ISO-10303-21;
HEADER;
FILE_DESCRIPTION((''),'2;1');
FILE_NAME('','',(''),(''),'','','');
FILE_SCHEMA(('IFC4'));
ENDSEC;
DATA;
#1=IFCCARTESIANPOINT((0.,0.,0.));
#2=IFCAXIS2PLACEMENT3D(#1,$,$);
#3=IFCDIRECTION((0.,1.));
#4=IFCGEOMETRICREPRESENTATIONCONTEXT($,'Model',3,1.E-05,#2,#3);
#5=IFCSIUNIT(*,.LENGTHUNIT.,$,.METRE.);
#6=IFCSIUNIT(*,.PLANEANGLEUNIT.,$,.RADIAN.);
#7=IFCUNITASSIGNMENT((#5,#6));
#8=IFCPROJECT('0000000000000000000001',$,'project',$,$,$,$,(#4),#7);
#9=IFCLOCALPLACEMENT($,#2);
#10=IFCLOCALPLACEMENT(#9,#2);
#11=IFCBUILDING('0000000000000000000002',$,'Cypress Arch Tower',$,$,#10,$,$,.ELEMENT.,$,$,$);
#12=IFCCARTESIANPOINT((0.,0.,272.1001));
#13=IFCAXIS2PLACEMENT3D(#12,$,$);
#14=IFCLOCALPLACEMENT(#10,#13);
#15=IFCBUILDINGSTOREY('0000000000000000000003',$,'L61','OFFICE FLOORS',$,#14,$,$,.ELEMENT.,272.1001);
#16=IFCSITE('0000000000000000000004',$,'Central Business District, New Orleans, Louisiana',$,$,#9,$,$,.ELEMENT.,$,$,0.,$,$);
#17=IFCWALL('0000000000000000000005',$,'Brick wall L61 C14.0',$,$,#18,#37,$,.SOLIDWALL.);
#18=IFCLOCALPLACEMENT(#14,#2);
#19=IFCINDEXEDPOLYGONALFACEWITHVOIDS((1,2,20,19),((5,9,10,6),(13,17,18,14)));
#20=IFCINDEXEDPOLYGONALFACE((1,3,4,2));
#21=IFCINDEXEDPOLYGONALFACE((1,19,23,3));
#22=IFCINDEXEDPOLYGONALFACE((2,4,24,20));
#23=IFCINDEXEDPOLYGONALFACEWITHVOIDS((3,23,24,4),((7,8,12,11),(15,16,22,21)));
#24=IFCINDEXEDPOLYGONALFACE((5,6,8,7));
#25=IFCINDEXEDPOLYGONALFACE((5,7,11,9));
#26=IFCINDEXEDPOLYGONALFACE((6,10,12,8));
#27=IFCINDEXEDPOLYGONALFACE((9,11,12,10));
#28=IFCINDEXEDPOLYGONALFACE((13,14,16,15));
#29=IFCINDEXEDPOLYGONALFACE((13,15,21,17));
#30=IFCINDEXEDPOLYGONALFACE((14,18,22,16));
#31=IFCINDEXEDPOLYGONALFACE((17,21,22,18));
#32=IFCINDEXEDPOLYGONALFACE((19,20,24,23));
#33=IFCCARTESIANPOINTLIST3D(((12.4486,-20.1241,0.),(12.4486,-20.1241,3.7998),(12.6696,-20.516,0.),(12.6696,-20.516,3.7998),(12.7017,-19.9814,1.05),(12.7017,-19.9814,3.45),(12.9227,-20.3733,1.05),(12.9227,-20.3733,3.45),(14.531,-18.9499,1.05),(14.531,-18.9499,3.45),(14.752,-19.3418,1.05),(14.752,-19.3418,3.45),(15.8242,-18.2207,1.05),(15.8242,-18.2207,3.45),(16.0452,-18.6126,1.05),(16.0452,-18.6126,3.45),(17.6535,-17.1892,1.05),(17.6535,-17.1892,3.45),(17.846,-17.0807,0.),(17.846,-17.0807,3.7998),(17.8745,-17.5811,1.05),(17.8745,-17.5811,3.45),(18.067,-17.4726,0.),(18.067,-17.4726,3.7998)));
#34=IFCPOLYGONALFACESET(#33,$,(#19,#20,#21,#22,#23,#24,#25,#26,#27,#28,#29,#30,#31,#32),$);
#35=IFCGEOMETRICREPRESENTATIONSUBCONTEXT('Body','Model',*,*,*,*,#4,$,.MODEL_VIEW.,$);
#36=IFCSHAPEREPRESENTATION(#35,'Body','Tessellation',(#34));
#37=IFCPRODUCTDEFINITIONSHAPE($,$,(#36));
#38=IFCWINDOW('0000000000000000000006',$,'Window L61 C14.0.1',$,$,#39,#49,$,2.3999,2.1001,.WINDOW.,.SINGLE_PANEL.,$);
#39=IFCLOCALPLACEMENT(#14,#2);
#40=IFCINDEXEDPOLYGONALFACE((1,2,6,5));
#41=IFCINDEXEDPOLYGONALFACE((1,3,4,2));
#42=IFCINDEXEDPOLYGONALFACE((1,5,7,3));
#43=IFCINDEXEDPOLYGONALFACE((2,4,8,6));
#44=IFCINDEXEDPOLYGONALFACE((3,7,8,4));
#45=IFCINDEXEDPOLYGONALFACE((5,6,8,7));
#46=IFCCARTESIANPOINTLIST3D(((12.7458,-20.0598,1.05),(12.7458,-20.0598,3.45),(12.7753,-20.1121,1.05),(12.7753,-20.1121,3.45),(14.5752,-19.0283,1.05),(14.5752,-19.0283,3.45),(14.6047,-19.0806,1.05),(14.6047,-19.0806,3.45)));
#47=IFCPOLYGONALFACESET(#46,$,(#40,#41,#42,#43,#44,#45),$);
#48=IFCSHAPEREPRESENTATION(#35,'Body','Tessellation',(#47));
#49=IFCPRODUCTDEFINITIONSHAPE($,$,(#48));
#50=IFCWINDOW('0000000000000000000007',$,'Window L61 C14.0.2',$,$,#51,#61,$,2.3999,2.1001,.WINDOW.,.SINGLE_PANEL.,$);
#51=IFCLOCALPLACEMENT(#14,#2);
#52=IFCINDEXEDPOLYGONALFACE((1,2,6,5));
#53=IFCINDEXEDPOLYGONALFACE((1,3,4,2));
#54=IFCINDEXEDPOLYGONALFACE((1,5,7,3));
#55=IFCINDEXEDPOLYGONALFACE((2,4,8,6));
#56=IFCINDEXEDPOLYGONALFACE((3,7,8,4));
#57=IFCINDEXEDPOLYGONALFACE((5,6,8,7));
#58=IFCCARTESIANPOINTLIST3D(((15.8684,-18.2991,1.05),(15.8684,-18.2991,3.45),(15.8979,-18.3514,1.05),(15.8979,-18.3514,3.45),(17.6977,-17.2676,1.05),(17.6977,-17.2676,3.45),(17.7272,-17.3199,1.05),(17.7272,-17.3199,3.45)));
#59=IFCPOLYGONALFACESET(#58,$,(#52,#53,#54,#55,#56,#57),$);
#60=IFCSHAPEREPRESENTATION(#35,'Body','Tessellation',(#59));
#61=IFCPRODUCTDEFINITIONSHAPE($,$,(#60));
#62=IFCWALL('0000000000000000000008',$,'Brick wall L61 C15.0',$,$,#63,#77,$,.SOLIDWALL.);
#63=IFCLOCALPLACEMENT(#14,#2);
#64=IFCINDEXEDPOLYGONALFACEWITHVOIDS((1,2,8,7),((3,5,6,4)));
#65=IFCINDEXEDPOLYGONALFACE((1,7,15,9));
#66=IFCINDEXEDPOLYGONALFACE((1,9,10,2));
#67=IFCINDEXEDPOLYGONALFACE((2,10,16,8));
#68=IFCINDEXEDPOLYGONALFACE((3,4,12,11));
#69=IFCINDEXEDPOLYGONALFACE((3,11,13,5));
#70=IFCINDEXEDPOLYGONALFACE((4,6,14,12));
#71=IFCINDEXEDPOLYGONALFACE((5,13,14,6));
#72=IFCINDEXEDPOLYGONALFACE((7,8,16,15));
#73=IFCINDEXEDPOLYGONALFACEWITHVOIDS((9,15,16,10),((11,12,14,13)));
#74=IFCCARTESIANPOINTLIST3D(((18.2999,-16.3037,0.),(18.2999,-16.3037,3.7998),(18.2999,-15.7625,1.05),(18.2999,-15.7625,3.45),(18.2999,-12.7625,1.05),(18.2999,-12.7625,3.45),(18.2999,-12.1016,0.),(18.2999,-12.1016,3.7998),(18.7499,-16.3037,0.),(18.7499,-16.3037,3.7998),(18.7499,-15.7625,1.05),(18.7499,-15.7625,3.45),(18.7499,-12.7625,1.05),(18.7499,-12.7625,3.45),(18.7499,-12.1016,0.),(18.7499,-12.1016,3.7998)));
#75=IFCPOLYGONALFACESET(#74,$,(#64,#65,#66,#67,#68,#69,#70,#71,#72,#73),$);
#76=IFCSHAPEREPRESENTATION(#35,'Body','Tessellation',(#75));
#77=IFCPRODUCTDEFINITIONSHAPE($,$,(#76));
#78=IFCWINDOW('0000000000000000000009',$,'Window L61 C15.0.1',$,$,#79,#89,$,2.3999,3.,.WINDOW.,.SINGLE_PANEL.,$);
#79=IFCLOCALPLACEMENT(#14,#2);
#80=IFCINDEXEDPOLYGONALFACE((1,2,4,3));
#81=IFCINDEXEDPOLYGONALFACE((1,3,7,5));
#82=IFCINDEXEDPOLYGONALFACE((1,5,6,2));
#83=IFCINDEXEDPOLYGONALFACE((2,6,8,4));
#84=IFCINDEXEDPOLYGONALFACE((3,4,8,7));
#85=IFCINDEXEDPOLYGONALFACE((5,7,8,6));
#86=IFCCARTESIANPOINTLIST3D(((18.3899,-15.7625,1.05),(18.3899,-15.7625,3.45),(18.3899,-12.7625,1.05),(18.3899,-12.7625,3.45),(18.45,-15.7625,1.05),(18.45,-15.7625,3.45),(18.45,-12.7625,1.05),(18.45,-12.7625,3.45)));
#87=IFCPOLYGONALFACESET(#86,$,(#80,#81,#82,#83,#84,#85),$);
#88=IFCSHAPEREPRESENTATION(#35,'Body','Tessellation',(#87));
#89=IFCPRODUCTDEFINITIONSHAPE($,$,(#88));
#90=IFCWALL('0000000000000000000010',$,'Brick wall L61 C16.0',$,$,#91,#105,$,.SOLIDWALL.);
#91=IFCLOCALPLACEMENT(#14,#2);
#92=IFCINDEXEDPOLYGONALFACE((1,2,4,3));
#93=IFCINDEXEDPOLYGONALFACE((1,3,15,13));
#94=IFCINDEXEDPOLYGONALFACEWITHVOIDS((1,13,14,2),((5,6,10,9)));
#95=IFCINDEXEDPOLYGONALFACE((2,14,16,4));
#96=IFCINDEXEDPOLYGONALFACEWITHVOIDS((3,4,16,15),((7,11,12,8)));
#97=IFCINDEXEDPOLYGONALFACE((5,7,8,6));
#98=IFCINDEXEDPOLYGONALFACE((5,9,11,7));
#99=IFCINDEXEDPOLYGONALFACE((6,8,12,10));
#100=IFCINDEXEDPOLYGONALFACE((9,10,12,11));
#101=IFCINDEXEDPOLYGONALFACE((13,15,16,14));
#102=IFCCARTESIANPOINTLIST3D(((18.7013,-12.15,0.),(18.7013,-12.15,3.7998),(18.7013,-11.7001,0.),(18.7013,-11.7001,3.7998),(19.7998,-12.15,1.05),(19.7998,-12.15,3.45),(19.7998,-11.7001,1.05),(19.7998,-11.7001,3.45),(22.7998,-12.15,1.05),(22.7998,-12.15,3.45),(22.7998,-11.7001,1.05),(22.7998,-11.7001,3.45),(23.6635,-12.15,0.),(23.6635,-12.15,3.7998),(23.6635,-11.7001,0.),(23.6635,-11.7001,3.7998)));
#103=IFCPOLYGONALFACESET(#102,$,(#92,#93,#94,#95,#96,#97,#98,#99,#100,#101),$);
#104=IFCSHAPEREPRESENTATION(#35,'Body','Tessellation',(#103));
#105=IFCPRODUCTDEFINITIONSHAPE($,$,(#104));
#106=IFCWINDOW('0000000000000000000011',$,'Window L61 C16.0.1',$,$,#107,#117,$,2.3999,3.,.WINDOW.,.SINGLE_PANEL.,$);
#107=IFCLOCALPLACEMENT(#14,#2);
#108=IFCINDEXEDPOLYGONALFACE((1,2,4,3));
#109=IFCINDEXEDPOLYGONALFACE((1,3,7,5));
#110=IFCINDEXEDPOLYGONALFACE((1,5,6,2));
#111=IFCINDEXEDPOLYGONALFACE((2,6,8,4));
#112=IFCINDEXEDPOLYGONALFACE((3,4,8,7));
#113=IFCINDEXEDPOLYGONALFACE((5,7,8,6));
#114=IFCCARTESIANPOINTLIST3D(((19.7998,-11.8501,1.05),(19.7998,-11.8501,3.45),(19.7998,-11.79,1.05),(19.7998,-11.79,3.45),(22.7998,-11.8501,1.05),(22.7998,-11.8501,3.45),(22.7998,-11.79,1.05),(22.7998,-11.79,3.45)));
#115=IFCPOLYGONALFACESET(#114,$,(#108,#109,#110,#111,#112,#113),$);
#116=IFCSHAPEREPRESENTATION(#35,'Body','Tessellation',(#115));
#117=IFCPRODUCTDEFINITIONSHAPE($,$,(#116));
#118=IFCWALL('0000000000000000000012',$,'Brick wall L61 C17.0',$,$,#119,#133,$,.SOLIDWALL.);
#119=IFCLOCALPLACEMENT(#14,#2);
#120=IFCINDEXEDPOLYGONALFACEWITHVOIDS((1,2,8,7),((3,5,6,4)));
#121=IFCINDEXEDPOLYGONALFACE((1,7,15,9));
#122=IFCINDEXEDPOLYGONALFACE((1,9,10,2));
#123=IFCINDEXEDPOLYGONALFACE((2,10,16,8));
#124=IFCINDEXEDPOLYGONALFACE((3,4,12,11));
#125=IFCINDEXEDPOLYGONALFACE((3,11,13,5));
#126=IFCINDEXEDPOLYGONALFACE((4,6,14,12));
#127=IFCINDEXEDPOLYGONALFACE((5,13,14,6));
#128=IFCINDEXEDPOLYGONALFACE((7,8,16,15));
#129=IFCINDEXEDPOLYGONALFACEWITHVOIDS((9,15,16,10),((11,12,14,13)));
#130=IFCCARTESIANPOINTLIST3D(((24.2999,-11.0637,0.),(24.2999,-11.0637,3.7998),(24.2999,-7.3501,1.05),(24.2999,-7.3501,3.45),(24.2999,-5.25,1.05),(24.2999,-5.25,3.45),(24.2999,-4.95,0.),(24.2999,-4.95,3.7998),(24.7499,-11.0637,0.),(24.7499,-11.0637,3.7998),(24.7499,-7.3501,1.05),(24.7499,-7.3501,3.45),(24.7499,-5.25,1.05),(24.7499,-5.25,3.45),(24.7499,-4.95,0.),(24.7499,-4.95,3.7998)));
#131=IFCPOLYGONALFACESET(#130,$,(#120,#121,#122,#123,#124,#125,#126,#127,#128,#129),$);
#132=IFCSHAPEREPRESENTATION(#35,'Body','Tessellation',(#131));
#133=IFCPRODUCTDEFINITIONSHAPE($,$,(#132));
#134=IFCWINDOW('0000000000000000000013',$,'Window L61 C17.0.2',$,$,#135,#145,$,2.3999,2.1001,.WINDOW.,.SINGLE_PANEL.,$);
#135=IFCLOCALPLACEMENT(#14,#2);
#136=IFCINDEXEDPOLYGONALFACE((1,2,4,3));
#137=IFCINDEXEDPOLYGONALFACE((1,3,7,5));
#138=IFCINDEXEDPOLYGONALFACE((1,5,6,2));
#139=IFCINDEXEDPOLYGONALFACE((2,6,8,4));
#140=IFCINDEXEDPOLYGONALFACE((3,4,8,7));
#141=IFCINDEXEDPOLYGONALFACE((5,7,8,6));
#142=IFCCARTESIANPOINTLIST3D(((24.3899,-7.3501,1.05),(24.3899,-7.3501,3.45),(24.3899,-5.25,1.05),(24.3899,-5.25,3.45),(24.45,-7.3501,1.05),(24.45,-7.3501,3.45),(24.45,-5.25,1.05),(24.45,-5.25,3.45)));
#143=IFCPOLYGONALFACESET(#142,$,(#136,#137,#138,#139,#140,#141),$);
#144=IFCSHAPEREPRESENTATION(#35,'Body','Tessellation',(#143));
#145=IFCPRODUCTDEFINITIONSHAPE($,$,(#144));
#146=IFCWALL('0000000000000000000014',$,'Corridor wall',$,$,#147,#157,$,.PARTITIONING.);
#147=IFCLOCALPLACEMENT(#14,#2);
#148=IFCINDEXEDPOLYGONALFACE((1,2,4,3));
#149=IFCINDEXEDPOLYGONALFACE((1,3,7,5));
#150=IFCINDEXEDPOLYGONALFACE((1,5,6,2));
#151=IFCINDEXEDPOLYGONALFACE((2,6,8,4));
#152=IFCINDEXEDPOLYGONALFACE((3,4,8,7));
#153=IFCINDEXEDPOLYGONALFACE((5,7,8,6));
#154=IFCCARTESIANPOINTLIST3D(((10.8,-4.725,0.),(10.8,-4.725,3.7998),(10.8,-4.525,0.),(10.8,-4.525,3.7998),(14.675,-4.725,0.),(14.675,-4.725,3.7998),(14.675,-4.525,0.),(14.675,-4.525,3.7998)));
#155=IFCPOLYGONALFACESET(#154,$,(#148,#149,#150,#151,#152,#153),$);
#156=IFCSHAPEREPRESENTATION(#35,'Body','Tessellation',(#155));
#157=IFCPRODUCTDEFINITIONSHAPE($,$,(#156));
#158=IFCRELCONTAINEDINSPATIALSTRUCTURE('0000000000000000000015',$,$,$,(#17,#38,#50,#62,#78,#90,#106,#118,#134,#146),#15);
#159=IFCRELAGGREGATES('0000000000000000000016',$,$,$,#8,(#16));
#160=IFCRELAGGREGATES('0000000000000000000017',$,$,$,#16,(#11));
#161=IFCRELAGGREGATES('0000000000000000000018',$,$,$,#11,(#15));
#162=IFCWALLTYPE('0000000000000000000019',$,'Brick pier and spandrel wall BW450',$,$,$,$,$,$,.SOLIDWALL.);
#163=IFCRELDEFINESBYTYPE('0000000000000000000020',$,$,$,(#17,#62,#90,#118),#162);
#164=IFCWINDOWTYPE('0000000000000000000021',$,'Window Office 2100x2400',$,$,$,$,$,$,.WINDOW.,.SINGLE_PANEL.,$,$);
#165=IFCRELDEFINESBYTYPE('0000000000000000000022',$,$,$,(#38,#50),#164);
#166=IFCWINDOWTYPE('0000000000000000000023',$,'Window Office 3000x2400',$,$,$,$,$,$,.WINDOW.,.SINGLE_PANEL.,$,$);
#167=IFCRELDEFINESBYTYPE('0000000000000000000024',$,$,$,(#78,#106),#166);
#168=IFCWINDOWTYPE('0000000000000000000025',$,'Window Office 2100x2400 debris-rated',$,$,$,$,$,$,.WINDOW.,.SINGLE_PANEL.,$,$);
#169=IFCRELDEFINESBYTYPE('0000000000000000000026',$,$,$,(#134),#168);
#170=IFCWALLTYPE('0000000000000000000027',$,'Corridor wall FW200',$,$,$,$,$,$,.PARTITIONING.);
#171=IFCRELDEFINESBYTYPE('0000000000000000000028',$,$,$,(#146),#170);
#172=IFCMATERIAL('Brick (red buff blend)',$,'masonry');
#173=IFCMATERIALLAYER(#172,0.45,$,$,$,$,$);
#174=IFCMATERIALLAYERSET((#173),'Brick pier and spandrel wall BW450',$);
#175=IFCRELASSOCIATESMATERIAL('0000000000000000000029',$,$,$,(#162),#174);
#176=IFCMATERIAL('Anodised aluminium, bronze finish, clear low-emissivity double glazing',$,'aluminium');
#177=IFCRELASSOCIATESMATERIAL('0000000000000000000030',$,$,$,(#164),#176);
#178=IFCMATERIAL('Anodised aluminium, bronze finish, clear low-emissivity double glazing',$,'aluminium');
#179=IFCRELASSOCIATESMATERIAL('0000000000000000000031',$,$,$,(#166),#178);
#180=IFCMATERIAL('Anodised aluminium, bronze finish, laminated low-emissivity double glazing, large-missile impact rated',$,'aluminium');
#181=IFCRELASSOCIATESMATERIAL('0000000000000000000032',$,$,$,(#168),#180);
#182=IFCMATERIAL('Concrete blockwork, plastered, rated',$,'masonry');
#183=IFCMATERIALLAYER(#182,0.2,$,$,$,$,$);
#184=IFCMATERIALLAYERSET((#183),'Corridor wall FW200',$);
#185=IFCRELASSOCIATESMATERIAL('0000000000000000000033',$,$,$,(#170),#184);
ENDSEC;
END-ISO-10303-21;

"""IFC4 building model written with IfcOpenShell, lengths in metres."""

from ifc_helpers import new_model, si_unit, direction, frame, frame_2d, origin, place, context, subcontext, project, spatial, rectangle, extrude, material, layer, layer_set, type_object, element, fill, save


model = new_model("IFC4")

# Units and contexts
model_context = context("Model", 3, precision=1e-05, world=origin(), true_north=direction((0.0, 1.0)))
body_context = subcontext(model_context, "Body", "Model", "MODEL_VIEW")
ifc_project = project(units=[si_unit("LENGTHUNIT", "METRE"), si_unit("PLANEANGLEUNIT", "RADIAN")], contexts=[model_context])

# Site, building, storey
site_placement = place(None, origin())
site = spatial("IfcSite", under=ifc_project, at=site_placement, Name="Central Business District, New Orleans, Louisiana", CompositionType="ELEMENT", RefElevation=0.0)
building_placement = place(site_placement, origin())
building = spatial("IfcBuilding", under=site, at=building_placement, Name="Cypress Arch Tower", CompositionType="ELEMENT")
storey_placement = place(building_placement, frame((0.0, 0.0, 272.1001)))
storey = spatial("IfcBuildingStorey", under=building, at=storey_placement, Name="L61", Description="OFFICE FLOORS", CompositionType="ELEMENT", Elevation=272.1001)

# Wall, openings, windows
ifc_material_1 = material(Name="Brick (red buff blend)", Category="masonry")
ifc_layer_1 = layer(ifc_material_1, 0.45)
ifc_layer_set_1 = layer_set([ifc_layer_1], Name="Brick pier and spandrel wall BW450")
wall_type_1 = type_object("IfcWallType", Name="Brick pier and spandrel wall BW450", PredefinedType="SOLIDWALL", material=ifc_layer_set_1)
wall_1_placement = place(storey_placement, frame((12.5591, -20.3201, 0.0), z_axis=(0.0, 0.0, 1.0), x_axis=(0.871066, 0.491166, 0.0)))
wall_1 = element("IfcWall", 1, at=wall_1_placement, inside=storey, type_object=wall_type_1, Name="Brick wall L61 C14.0", PredefinedType="SOLIDWALL", context=body_context, shape_type="SweptSolid", body=[
    extrude(rectangle(XDim=6.1963, YDim=0.45, at=frame_2d((3.0981, 0.0))), origin(), (0.0, 0.0, 1.0), 3.7998),
])
opening_1_placement = place(wall_1_placement, frame((0.2905, 0.0, 1.05)))
opening_1 = element("IfcOpeningElement", 2, at=opening_1_placement, cuts=wall_1, PredefinedType="OPENING", context=body_context, shape_type="SweptSolid", body=[
    extrude(rectangle(XDim=2.1001, YDim=2.3999, at=frame_2d((1.05, 1.2))), frame((0.0, 0.2349, 0.0), z_axis=(0.0, -1.0, 0.0), x_axis=(1.0, 0.0, 0.0)), (0.0, 0.0, 1.0), 0.47),
])
opening_2_placement = place(wall_1_placement, frame((3.8752, 0.0, 1.05)))
opening_2 = element("IfcOpeningElement", 3, at=opening_2_placement, cuts=wall_1, PredefinedType="OPENING", context=body_context, shape_type="SweptSolid", body=[
    extrude(rectangle(XDim=2.1001, YDim=2.3999, at=frame_2d((1.05, 1.2))), frame((0.0, 0.2349, 0.0), z_axis=(0.0, -1.0, 0.0), x_axis=(1.0, 0.0, 0.0)), (0.0, 0.0, 1.0), 0.47),
])
ifc_material_2 = material(Name="Anodised aluminium, bronze finish, clear low-emissivity double glazing", Category="aluminium")
window_type_1 = type_object("IfcWindowType", Name="Window Office 2100x2400", PartitioningType="SINGLE_PANEL", PredefinedType="WINDOW", material=ifc_material_2)
window_1_placement = place(opening_1_placement, origin())
window_1 = element("IfcWindow", 4, at=window_1_placement, inside=storey, type_object=window_type_1, Name="Window L61 C14.0.1", OverallHeight=2.3999, OverallWidth=2.1001, PartitioningType="SINGLE_PANEL", PredefinedType="WINDOW", context=body_context, shape_type="SweptSolid", body=[
    extrude(rectangle(XDim=2.1001, YDim=2.3999, at=frame_2d((1.05, 1.2))), frame((0.0, 0.135, 0.0), z_axis=(0.0, -1.0, 0.0), x_axis=(1.0, 0.0, 0.0)), (0.0, 0.0, 1.0), 0.0601),
])
fill(opening_1, window_1)
window_2_placement = place(opening_2_placement, origin())
window_2 = element("IfcWindow", 5, at=window_2_placement, inside=storey, type_object=window_type_1, Name="Window L61 C14.0.2", OverallHeight=2.3999, OverallWidth=2.1001, PartitioningType="SINGLE_PANEL", PredefinedType="WINDOW", context=body_context, shape_type="SweptSolid", body=[
    extrude(rectangle(XDim=2.1001, YDim=2.3999, at=frame_2d((1.05, 1.2))), frame((0.0, 0.135, 0.0), z_axis=(0.0, -1.0, 0.0), x_axis=(1.0, 0.0, 0.0)), (0.0, 0.0, 1.0), 0.0601),
])
fill(opening_2, window_2)

# Walls, openings, windows
wall_2_placement = place(storey_placement, frame((18.5249, -16.3037, 0.0), z_axis=(0.0, 0.0, 1.0), x_axis=(0.0, 1.0, 0.0)))
wall_2 = element("IfcWall", 6, at=wall_2_placement, inside=storey, type_object=wall_type_1, Name="Brick wall L61 C15.0", PredefinedType="SOLIDWALL", context=body_context, shape_type="SweptSolid", body=[
    extrude(rectangle(XDim=4.2021, YDim=0.45, at=frame_2d((2.1011, 0.0))), origin(), (0.0, 0.0, 1.0), 3.7998),
])
opening_3_placement = place(wall_2_placement, frame((0.5413, 0.0, 1.05)))
opening_3 = element("IfcOpeningElement", 7, at=opening_3_placement, cuts=wall_2, PredefinedType="OPENING", context=body_context, shape_type="SweptSolid", body=[
    extrude(rectangle(XDim=3.0, YDim=2.3999, at=frame_2d((1.5, 1.2))), frame((0.0, 0.2349, 0.0), z_axis=(0.0, -1.0, 0.0), x_axis=(1.0, 0.0, 0.0)), (0.0, 0.0, 1.0), 0.47),
])
ifc_material_3 = material(Name="Anodised aluminium, bronze finish, clear low-emissivity double glazing", Category="aluminium")
window_type_2 = type_object("IfcWindowType", Name="Window Office 3000x2400", PartitioningType="SINGLE_PANEL", PredefinedType="WINDOW", material=ifc_material_3)
window_3_placement = place(opening_3_placement, origin())
window_3 = element("IfcWindow", 8, at=window_3_placement, inside=storey, type_object=window_type_2, Name="Window L61 C15.0.1", OverallHeight=2.3999, OverallWidth=3.0, PartitioningType="SINGLE_PANEL", PredefinedType="WINDOW", context=body_context, shape_type="SweptSolid", body=[
    extrude(rectangle(XDim=3.0, YDim=2.3999, at=frame_2d((1.5, 1.2))), frame((0.0, 0.135, 0.0), z_axis=(0.0, -1.0, 0.0), x_axis=(1.0, 0.0, 0.0)), (0.0, 0.0, 1.0), 0.0601),
])
fill(opening_3, window_3)
wall_3_placement = place(storey_placement, frame((18.7014, -11.925, 0.0), z_axis=(0.0, 0.0, 1.0), x_axis=(1.0, 0.0, 0.0)))
wall_3 = element("IfcWall", 9, at=wall_3_placement, inside=storey, type_object=wall_type_1, Name="Brick wall L61 C16.0", PredefinedType="SOLIDWALL", context=body_context, shape_type="SweptSolid", body=[
    extrude(rectangle(XDim=4.9622, YDim=0.45, at=frame_2d((2.481, 0.0))), origin(), (0.0, 0.0, 1.0), 3.7998),
])
opening_4_placement = place(wall_3_placement, frame((1.0984, 0.0, 1.05)))
opening_4 = element("IfcOpeningElement", 10, at=opening_4_placement, cuts=wall_3, PredefinedType="OPENING", context=body_context, shape_type="SweptSolid", body=[
    extrude(rectangle(XDim=3.0, YDim=2.3999, at=frame_2d((1.5, 1.2))), frame((0.0, 0.2349, 0.0), z_axis=(0.0, -1.0, 0.0), x_axis=(1.0, 0.0, 0.0)), (0.0, 0.0, 1.0), 0.47),
])
window_4_placement = place(opening_4_placement, origin())
window_4 = element("IfcWindow", 11, at=window_4_placement, inside=storey, type_object=window_type_2, Name="Window L61 C16.0.1", OverallHeight=2.3999, OverallWidth=3.0, PartitioningType="SINGLE_PANEL", PredefinedType="WINDOW", context=body_context, shape_type="SweptSolid", body=[
    extrude(rectangle(XDim=3.0, YDim=2.3999, at=frame_2d((1.5, 1.2))), frame((0.0, 0.135, 0.0), z_axis=(0.0, -1.0, 0.0), x_axis=(1.0, 0.0, 0.0)), (0.0, 0.0, 1.0), 0.0601),
])
fill(opening_4, window_4)
wall_4_placement = place(storey_placement, frame((24.5249, -11.0637, 0.0), z_axis=(0.0, 0.0, 1.0), x_axis=(0.0, 1.0, 0.0)))
wall_4 = element("IfcWall", 12, at=wall_4_placement, inside=storey, type_object=wall_type_1, Name="Brick wall L61 C17.0", PredefinedType="SOLIDWALL", context=body_context, shape_type="SweptSolid", body=[
    extrude(rectangle(XDim=6.1138, YDim=0.45, at=frame_2d((3.0569, 0.0))), origin(), (0.0, 0.0, 1.0), 3.7998),
])
opening_5_placement = place(wall_4_placement, frame((3.7136, 0.0, 1.05)))
opening_5 = element("IfcOpeningElement", 13, at=opening_5_placement, cuts=wall_4, PredefinedType="OPENING", context=body_context, shape_type="SweptSolid", body=[
    extrude(rectangle(XDim=2.1001, YDim=2.3999, at=frame_2d((1.05, 1.2))), frame((0.0, 0.2349, 0.0), z_axis=(0.0, -1.0, 0.0), x_axis=(1.0, 0.0, 0.0)), (0.0, 0.0, 1.0), 0.47),
])
ifc_material_4 = material(Name="Anodised aluminium, bronze finish, laminated low-emissivity double glazing, large-missile impact rated", Category="aluminium")
window_type_3 = type_object("IfcWindowType", Name="Window Office 2100x2400 debris-rated", PartitioningType="SINGLE_PANEL", PredefinedType="WINDOW", material=ifc_material_4)
window_5_placement = place(opening_5_placement, origin())
window_5 = element("IfcWindow", 14, at=window_5_placement, inside=storey, type_object=window_type_3, Name="Window L61 C17.0.2", OverallHeight=2.3999, OverallWidth=2.1001, PartitioningType="SINGLE_PANEL", PredefinedType="WINDOW", context=body_context, shape_type="SweptSolid", body=[
    extrude(rectangle(XDim=2.1001, YDim=2.3999, at=frame_2d((1.05, 1.2))), frame((0.0, 0.135, 0.0), z_axis=(0.0, -1.0, 0.0), x_axis=(1.0, 0.0, 0.0)), (0.0, 0.0, 1.0), 0.0601),
])
fill(opening_5, window_5)

# Wall
ifc_material_5 = material(Name="Concrete blockwork, plastered, rated", Category="masonry")
ifc_layer_2 = layer(ifc_material_5, 0.2)
ifc_layer_set_2 = layer_set([ifc_layer_2], Name="Corridor wall FW200")
wall_type_2 = type_object("IfcWallType", Name="Corridor wall FW200", PredefinedType="PARTITIONING", material=ifc_layer_set_2)
wall_5_placement = place(storey_placement, frame((10.8, -4.625, 0.0), z_axis=(0.0, 0.0, 1.0), x_axis=(1.0, 0.0, 0.0)))
element("IfcWall", 15, at=wall_5_placement, inside=storey, type_object=wall_type_2, Name="Corridor wall", PredefinedType="PARTITIONING", context=body_context, shape_type="SweptSolid", body=[
    extrude(rectangle(XDim=3.875, YDim=0.2, at=frame_2d((1.9375, 0.0))), origin(), (0.0, 0.0, 1.0), 3.7998),
])

save(model, "model.ifc")
